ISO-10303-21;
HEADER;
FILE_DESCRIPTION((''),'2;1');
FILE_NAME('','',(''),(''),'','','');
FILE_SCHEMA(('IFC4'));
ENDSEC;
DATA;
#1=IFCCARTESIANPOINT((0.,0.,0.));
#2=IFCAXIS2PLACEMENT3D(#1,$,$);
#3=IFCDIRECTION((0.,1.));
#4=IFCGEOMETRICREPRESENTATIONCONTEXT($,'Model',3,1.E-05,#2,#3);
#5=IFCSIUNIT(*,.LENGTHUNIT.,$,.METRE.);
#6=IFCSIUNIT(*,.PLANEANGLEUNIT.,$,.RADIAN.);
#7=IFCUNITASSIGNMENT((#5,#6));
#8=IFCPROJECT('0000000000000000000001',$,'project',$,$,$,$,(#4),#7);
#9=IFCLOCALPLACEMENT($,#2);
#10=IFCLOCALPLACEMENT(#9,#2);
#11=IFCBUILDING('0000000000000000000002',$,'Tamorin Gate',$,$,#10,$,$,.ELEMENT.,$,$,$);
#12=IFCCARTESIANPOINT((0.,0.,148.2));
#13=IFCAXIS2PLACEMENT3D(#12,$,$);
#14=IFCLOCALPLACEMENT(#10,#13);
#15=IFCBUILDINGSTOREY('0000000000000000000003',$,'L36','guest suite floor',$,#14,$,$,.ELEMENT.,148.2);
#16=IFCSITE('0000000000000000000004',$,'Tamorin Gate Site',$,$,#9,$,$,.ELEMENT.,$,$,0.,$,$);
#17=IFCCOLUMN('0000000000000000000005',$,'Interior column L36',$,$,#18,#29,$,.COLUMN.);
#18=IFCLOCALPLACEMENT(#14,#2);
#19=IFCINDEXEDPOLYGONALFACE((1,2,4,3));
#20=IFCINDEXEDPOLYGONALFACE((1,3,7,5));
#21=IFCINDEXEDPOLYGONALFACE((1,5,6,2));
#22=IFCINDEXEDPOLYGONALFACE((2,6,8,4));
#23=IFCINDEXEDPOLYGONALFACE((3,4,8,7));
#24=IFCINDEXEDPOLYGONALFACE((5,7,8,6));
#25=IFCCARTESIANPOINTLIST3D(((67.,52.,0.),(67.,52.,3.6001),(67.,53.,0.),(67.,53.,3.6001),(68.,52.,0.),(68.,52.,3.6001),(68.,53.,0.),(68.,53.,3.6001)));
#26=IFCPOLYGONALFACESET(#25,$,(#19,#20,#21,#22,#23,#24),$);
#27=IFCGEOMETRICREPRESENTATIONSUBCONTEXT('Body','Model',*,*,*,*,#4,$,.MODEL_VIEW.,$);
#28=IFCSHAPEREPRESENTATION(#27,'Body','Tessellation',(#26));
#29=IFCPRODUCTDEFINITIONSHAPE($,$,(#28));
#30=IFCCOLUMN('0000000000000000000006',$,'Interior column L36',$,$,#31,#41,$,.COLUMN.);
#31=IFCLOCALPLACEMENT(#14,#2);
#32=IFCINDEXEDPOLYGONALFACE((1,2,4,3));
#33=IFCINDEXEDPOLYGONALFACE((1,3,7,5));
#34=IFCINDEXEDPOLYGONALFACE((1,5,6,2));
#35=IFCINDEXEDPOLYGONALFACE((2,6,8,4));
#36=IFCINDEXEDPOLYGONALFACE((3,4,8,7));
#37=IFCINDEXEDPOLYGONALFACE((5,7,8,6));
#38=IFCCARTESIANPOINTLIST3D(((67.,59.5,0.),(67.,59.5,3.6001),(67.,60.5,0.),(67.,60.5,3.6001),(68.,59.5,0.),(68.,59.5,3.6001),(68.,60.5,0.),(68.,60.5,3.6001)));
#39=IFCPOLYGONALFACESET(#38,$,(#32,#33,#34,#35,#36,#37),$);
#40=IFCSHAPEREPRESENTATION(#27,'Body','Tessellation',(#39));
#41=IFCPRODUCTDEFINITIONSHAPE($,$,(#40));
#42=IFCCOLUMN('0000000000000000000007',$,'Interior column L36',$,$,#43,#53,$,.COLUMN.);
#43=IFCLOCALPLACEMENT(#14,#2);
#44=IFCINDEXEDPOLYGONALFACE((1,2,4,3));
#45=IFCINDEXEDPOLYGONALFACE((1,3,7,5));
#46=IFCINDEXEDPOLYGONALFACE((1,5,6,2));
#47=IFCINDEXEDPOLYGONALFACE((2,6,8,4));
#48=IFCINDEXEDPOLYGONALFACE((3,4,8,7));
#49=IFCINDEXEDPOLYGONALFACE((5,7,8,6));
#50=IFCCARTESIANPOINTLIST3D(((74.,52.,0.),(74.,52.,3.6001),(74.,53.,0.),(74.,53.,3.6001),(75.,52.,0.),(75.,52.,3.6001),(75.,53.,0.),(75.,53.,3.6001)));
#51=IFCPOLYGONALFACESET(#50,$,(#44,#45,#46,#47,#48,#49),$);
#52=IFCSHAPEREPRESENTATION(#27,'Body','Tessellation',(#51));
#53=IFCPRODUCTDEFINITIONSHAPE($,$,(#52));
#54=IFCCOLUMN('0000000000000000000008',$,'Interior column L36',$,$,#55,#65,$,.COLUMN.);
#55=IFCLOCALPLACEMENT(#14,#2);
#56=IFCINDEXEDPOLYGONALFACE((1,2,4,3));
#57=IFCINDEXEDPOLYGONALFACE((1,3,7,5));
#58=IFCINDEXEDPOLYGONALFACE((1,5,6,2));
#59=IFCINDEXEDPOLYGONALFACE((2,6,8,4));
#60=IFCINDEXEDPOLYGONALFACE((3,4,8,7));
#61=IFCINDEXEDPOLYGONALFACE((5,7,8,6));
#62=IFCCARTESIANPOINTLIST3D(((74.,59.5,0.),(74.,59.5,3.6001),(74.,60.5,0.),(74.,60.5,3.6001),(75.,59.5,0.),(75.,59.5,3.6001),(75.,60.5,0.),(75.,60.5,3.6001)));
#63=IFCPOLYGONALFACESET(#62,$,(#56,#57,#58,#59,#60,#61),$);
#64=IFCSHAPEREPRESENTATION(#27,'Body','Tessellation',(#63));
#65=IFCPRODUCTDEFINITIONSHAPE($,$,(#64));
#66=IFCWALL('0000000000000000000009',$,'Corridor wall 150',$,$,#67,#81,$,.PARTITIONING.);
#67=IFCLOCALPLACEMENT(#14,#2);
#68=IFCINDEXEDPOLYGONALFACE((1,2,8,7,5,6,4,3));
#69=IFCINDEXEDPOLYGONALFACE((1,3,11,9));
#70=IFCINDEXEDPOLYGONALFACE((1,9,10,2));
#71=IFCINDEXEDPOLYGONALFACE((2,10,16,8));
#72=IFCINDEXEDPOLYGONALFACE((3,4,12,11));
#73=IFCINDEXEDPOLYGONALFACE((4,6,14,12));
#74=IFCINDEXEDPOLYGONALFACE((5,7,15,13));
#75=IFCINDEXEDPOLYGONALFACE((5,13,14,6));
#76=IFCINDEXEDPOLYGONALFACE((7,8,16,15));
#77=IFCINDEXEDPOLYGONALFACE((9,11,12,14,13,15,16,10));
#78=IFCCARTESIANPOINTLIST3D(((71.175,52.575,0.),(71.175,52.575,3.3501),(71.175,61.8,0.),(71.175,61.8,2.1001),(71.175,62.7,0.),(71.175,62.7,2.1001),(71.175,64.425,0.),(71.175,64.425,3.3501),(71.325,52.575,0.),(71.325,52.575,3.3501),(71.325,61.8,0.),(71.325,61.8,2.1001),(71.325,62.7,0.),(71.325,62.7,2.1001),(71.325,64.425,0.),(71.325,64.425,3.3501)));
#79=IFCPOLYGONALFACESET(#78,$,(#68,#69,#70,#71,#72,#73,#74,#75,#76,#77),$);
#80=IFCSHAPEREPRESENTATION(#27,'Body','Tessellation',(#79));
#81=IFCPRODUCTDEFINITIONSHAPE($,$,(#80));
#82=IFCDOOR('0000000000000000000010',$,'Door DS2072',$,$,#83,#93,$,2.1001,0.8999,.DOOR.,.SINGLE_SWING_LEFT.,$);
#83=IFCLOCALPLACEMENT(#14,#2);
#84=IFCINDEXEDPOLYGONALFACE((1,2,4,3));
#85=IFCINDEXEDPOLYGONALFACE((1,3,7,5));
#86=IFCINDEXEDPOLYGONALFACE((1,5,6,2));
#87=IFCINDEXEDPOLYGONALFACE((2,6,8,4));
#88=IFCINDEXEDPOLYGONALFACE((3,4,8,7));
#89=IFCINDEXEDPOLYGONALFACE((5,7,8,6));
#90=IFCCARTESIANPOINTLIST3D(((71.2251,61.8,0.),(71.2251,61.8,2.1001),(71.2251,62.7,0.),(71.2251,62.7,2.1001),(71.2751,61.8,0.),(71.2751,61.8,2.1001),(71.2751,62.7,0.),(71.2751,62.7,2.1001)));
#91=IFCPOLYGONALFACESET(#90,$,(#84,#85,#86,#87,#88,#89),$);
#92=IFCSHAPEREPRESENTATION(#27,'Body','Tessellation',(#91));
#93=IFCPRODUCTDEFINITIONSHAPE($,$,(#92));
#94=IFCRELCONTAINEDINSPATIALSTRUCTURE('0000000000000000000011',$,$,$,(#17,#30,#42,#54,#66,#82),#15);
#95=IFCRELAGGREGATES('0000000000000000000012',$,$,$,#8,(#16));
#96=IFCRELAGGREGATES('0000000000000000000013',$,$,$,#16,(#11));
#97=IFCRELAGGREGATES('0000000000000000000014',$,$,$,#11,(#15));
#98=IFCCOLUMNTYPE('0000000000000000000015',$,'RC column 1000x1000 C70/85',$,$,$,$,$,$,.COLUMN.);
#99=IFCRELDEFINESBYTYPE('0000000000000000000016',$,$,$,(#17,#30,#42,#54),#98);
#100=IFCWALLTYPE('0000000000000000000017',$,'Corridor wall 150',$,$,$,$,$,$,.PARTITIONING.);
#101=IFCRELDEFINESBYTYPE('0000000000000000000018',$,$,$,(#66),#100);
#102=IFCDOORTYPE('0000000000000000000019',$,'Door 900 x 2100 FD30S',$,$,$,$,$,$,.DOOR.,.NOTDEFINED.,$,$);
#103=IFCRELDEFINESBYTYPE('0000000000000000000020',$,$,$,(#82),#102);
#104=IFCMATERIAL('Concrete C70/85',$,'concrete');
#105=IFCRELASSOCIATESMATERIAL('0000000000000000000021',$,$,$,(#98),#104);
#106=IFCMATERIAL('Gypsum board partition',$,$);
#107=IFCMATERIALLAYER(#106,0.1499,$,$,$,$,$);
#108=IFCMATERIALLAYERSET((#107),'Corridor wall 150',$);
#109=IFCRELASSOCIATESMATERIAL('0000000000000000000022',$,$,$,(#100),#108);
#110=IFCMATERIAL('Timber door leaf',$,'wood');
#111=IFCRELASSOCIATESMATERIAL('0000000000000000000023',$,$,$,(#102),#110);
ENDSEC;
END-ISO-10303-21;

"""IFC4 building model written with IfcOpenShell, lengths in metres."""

from ifc_helpers import new_model, si_unit, direction, frame, frame_2d, origin, origin_2d, place, context, subcontext, project, spatial, rectangle, extrude, material, layer, layer_set, material_profile, profile_set, type_object, element, fill, save


model = new_model("IFC4")

# Units and contexts
model_context = context("Model", 3, precision=1e-05, world=origin(), true_north=direction((0.0, 1.0)))
body_context = subcontext(model_context, "Body", "Model", "MODEL_VIEW")
ifc_project = project(units=[si_unit("LENGTHUNIT", "METRE"), si_unit("PLANEANGLEUNIT", "RADIAN")], contexts=[model_context])

# Site, building, storey
site_placement = place(None, origin())
site = spatial("IfcSite", under=ifc_project, at=site_placement, Name="Tamorin Gate Site", CompositionType="ELEMENT", RefElevation=0.0)
building_placement = place(site_placement, origin())
building = spatial("IfcBuilding", under=site, at=building_placement, Name="Tamorin Gate", CompositionType="ELEMENT")
storey_placement = place(building_placement, frame((0.0, 0.0, 148.2)))
storey = spatial("IfcBuildingStorey", under=building, at=storey_placement, Name="L36", Description="guest suite floor", CompositionType="ELEMENT", Elevation=148.2)

# Columns
ifc_material_1 = material(Name="Concrete C70/85", Category="concrete")
ifc_material_profile = material_profile(ifc_material_1, rectangle(XDim=1.0, YDim=1.0, at=origin_2d()), Name="RC 1000x1000")
ifc_profile_set = profile_set([ifc_material_profile], Name="Concrete C70/85")
column_type = type_object("IfcColumnType", Name="RC column 1000x1000 C70/85", PredefinedType="COLUMN", material=ifc_profile_set)
for number, where, z_axis, x_axis, name in (
    (1, (67.5, 52.5, 0.0), (0.0, 0.0, 1.0), (1.0, 0.0, 0.0), "Interior column L36"),
    (2, (67.5, 60.0, 0.0), (0.0, 0.0, 1.0), (1.0, 0.0, 0.0), "Interior column L36"),
    (3, (74.5, 52.5, 0.0), (0.0, 0.0, 1.0), (1.0, 0.0, 0.0), "Interior column L36"),
    (4, (74.5, 60.0, 0.0), (0.0, 0.0, 1.0), (1.0, 0.0, 0.0), "Interior column L36"),
):
    element("IfcColumn", number, at=place(storey_placement, frame(where, z_axis=z_axis, x_axis=x_axis)), inside=storey, type_object=column_type, Name=name, PredefinedType="COLUMN", context=body_context, shape_type="SweptSolid", body=[
        extrude(rectangle(XDim=1.0, YDim=1.0, at=origin_2d()), origin(), (0.0, 0.0, 1.0), 3.6001),
    ])

# Wall, opening, door
ifc_material_2 = material(Name="Gypsum board partition")
ifc_layer_1 = layer(ifc_material_2, 0.1499)
ifc_layer_set_1 = layer_set([ifc_layer_1], Name="Corridor wall 150")
wall_type_1 = type_object("IfcWallType", Name="Corridor wall 150", PredefinedType="PARTITIONING", material=ifc_layer_set_1)
wall_1_placement = place(storey_placement, frame((71.25, 52.575, 0.0), z_axis=(0.0, 0.0, 1.0), x_axis=(0.0, 1.0, 0.0)))
wall_1 = element("IfcWall", 5, at=wall_1_placement, inside=storey, type_object=wall_type_1, Name="Corridor wall 150", PredefinedType="PARTITIONING", context=body_context, shape_type="SweptSolid", body=[
    extrude(rectangle(XDim=11.8501, YDim=0.1499, at=frame_2d((5.925, 0.0))), origin(), (0.0, 0.0, 1.0), 3.3501),
])
opening_1_placement = place(wall_1_placement, frame((9.2251, 0.0, 0.0)))
opening_1 = element("IfcOpeningElement", 6, at=opening_1_placement, cuts=wall_1, PredefinedType="OPENING", context=body_context, shape_type="SweptSolid", body=[
    extrude(rectangle(XDim=0.8999, YDim=2.1001, at=frame_2d((0.45, 1.05))), frame((0.0, 0.085, 0.0), z_axis=(0.0, -1.0, 0.0), x_axis=(1.0, 0.0, 0.0)), (0.0, 0.0, 1.0), 0.1699),
])
ifc_material_3 = material(Name="Timber door leaf", Category="wood")
door_type_1 = type_object("IfcDoorType", Name="Door 900 x 2100 FD30S", OperationType="NOTDEFINED", PredefinedType="DOOR", material=ifc_material_3)
door_1_placement = place(opening_1_placement, origin())
door_1 = element("IfcDoor", 7, at=door_1_placement, inside=storey, type_object=door_type_1, Name="Door DS2072", OperationType="SINGLE_SWING_LEFT", OverallHeight=2.1001, OverallWidth=0.8999, PredefinedType="DOOR", context=body_context, shape_type="SweptSolid", body=[
    extrude(rectangle(XDim=0.8999, YDim=2.1001, at=frame_2d((0.45, 1.05))), frame((0.0, 0.0249, 0.0), z_axis=(0.0, -1.0, 0.0), x_axis=(1.0, 0.0, 0.0)), (0.0, 0.0, 1.0), 0.05),
])
fill(opening_1, door_1)

save(model, "model.ifc")
